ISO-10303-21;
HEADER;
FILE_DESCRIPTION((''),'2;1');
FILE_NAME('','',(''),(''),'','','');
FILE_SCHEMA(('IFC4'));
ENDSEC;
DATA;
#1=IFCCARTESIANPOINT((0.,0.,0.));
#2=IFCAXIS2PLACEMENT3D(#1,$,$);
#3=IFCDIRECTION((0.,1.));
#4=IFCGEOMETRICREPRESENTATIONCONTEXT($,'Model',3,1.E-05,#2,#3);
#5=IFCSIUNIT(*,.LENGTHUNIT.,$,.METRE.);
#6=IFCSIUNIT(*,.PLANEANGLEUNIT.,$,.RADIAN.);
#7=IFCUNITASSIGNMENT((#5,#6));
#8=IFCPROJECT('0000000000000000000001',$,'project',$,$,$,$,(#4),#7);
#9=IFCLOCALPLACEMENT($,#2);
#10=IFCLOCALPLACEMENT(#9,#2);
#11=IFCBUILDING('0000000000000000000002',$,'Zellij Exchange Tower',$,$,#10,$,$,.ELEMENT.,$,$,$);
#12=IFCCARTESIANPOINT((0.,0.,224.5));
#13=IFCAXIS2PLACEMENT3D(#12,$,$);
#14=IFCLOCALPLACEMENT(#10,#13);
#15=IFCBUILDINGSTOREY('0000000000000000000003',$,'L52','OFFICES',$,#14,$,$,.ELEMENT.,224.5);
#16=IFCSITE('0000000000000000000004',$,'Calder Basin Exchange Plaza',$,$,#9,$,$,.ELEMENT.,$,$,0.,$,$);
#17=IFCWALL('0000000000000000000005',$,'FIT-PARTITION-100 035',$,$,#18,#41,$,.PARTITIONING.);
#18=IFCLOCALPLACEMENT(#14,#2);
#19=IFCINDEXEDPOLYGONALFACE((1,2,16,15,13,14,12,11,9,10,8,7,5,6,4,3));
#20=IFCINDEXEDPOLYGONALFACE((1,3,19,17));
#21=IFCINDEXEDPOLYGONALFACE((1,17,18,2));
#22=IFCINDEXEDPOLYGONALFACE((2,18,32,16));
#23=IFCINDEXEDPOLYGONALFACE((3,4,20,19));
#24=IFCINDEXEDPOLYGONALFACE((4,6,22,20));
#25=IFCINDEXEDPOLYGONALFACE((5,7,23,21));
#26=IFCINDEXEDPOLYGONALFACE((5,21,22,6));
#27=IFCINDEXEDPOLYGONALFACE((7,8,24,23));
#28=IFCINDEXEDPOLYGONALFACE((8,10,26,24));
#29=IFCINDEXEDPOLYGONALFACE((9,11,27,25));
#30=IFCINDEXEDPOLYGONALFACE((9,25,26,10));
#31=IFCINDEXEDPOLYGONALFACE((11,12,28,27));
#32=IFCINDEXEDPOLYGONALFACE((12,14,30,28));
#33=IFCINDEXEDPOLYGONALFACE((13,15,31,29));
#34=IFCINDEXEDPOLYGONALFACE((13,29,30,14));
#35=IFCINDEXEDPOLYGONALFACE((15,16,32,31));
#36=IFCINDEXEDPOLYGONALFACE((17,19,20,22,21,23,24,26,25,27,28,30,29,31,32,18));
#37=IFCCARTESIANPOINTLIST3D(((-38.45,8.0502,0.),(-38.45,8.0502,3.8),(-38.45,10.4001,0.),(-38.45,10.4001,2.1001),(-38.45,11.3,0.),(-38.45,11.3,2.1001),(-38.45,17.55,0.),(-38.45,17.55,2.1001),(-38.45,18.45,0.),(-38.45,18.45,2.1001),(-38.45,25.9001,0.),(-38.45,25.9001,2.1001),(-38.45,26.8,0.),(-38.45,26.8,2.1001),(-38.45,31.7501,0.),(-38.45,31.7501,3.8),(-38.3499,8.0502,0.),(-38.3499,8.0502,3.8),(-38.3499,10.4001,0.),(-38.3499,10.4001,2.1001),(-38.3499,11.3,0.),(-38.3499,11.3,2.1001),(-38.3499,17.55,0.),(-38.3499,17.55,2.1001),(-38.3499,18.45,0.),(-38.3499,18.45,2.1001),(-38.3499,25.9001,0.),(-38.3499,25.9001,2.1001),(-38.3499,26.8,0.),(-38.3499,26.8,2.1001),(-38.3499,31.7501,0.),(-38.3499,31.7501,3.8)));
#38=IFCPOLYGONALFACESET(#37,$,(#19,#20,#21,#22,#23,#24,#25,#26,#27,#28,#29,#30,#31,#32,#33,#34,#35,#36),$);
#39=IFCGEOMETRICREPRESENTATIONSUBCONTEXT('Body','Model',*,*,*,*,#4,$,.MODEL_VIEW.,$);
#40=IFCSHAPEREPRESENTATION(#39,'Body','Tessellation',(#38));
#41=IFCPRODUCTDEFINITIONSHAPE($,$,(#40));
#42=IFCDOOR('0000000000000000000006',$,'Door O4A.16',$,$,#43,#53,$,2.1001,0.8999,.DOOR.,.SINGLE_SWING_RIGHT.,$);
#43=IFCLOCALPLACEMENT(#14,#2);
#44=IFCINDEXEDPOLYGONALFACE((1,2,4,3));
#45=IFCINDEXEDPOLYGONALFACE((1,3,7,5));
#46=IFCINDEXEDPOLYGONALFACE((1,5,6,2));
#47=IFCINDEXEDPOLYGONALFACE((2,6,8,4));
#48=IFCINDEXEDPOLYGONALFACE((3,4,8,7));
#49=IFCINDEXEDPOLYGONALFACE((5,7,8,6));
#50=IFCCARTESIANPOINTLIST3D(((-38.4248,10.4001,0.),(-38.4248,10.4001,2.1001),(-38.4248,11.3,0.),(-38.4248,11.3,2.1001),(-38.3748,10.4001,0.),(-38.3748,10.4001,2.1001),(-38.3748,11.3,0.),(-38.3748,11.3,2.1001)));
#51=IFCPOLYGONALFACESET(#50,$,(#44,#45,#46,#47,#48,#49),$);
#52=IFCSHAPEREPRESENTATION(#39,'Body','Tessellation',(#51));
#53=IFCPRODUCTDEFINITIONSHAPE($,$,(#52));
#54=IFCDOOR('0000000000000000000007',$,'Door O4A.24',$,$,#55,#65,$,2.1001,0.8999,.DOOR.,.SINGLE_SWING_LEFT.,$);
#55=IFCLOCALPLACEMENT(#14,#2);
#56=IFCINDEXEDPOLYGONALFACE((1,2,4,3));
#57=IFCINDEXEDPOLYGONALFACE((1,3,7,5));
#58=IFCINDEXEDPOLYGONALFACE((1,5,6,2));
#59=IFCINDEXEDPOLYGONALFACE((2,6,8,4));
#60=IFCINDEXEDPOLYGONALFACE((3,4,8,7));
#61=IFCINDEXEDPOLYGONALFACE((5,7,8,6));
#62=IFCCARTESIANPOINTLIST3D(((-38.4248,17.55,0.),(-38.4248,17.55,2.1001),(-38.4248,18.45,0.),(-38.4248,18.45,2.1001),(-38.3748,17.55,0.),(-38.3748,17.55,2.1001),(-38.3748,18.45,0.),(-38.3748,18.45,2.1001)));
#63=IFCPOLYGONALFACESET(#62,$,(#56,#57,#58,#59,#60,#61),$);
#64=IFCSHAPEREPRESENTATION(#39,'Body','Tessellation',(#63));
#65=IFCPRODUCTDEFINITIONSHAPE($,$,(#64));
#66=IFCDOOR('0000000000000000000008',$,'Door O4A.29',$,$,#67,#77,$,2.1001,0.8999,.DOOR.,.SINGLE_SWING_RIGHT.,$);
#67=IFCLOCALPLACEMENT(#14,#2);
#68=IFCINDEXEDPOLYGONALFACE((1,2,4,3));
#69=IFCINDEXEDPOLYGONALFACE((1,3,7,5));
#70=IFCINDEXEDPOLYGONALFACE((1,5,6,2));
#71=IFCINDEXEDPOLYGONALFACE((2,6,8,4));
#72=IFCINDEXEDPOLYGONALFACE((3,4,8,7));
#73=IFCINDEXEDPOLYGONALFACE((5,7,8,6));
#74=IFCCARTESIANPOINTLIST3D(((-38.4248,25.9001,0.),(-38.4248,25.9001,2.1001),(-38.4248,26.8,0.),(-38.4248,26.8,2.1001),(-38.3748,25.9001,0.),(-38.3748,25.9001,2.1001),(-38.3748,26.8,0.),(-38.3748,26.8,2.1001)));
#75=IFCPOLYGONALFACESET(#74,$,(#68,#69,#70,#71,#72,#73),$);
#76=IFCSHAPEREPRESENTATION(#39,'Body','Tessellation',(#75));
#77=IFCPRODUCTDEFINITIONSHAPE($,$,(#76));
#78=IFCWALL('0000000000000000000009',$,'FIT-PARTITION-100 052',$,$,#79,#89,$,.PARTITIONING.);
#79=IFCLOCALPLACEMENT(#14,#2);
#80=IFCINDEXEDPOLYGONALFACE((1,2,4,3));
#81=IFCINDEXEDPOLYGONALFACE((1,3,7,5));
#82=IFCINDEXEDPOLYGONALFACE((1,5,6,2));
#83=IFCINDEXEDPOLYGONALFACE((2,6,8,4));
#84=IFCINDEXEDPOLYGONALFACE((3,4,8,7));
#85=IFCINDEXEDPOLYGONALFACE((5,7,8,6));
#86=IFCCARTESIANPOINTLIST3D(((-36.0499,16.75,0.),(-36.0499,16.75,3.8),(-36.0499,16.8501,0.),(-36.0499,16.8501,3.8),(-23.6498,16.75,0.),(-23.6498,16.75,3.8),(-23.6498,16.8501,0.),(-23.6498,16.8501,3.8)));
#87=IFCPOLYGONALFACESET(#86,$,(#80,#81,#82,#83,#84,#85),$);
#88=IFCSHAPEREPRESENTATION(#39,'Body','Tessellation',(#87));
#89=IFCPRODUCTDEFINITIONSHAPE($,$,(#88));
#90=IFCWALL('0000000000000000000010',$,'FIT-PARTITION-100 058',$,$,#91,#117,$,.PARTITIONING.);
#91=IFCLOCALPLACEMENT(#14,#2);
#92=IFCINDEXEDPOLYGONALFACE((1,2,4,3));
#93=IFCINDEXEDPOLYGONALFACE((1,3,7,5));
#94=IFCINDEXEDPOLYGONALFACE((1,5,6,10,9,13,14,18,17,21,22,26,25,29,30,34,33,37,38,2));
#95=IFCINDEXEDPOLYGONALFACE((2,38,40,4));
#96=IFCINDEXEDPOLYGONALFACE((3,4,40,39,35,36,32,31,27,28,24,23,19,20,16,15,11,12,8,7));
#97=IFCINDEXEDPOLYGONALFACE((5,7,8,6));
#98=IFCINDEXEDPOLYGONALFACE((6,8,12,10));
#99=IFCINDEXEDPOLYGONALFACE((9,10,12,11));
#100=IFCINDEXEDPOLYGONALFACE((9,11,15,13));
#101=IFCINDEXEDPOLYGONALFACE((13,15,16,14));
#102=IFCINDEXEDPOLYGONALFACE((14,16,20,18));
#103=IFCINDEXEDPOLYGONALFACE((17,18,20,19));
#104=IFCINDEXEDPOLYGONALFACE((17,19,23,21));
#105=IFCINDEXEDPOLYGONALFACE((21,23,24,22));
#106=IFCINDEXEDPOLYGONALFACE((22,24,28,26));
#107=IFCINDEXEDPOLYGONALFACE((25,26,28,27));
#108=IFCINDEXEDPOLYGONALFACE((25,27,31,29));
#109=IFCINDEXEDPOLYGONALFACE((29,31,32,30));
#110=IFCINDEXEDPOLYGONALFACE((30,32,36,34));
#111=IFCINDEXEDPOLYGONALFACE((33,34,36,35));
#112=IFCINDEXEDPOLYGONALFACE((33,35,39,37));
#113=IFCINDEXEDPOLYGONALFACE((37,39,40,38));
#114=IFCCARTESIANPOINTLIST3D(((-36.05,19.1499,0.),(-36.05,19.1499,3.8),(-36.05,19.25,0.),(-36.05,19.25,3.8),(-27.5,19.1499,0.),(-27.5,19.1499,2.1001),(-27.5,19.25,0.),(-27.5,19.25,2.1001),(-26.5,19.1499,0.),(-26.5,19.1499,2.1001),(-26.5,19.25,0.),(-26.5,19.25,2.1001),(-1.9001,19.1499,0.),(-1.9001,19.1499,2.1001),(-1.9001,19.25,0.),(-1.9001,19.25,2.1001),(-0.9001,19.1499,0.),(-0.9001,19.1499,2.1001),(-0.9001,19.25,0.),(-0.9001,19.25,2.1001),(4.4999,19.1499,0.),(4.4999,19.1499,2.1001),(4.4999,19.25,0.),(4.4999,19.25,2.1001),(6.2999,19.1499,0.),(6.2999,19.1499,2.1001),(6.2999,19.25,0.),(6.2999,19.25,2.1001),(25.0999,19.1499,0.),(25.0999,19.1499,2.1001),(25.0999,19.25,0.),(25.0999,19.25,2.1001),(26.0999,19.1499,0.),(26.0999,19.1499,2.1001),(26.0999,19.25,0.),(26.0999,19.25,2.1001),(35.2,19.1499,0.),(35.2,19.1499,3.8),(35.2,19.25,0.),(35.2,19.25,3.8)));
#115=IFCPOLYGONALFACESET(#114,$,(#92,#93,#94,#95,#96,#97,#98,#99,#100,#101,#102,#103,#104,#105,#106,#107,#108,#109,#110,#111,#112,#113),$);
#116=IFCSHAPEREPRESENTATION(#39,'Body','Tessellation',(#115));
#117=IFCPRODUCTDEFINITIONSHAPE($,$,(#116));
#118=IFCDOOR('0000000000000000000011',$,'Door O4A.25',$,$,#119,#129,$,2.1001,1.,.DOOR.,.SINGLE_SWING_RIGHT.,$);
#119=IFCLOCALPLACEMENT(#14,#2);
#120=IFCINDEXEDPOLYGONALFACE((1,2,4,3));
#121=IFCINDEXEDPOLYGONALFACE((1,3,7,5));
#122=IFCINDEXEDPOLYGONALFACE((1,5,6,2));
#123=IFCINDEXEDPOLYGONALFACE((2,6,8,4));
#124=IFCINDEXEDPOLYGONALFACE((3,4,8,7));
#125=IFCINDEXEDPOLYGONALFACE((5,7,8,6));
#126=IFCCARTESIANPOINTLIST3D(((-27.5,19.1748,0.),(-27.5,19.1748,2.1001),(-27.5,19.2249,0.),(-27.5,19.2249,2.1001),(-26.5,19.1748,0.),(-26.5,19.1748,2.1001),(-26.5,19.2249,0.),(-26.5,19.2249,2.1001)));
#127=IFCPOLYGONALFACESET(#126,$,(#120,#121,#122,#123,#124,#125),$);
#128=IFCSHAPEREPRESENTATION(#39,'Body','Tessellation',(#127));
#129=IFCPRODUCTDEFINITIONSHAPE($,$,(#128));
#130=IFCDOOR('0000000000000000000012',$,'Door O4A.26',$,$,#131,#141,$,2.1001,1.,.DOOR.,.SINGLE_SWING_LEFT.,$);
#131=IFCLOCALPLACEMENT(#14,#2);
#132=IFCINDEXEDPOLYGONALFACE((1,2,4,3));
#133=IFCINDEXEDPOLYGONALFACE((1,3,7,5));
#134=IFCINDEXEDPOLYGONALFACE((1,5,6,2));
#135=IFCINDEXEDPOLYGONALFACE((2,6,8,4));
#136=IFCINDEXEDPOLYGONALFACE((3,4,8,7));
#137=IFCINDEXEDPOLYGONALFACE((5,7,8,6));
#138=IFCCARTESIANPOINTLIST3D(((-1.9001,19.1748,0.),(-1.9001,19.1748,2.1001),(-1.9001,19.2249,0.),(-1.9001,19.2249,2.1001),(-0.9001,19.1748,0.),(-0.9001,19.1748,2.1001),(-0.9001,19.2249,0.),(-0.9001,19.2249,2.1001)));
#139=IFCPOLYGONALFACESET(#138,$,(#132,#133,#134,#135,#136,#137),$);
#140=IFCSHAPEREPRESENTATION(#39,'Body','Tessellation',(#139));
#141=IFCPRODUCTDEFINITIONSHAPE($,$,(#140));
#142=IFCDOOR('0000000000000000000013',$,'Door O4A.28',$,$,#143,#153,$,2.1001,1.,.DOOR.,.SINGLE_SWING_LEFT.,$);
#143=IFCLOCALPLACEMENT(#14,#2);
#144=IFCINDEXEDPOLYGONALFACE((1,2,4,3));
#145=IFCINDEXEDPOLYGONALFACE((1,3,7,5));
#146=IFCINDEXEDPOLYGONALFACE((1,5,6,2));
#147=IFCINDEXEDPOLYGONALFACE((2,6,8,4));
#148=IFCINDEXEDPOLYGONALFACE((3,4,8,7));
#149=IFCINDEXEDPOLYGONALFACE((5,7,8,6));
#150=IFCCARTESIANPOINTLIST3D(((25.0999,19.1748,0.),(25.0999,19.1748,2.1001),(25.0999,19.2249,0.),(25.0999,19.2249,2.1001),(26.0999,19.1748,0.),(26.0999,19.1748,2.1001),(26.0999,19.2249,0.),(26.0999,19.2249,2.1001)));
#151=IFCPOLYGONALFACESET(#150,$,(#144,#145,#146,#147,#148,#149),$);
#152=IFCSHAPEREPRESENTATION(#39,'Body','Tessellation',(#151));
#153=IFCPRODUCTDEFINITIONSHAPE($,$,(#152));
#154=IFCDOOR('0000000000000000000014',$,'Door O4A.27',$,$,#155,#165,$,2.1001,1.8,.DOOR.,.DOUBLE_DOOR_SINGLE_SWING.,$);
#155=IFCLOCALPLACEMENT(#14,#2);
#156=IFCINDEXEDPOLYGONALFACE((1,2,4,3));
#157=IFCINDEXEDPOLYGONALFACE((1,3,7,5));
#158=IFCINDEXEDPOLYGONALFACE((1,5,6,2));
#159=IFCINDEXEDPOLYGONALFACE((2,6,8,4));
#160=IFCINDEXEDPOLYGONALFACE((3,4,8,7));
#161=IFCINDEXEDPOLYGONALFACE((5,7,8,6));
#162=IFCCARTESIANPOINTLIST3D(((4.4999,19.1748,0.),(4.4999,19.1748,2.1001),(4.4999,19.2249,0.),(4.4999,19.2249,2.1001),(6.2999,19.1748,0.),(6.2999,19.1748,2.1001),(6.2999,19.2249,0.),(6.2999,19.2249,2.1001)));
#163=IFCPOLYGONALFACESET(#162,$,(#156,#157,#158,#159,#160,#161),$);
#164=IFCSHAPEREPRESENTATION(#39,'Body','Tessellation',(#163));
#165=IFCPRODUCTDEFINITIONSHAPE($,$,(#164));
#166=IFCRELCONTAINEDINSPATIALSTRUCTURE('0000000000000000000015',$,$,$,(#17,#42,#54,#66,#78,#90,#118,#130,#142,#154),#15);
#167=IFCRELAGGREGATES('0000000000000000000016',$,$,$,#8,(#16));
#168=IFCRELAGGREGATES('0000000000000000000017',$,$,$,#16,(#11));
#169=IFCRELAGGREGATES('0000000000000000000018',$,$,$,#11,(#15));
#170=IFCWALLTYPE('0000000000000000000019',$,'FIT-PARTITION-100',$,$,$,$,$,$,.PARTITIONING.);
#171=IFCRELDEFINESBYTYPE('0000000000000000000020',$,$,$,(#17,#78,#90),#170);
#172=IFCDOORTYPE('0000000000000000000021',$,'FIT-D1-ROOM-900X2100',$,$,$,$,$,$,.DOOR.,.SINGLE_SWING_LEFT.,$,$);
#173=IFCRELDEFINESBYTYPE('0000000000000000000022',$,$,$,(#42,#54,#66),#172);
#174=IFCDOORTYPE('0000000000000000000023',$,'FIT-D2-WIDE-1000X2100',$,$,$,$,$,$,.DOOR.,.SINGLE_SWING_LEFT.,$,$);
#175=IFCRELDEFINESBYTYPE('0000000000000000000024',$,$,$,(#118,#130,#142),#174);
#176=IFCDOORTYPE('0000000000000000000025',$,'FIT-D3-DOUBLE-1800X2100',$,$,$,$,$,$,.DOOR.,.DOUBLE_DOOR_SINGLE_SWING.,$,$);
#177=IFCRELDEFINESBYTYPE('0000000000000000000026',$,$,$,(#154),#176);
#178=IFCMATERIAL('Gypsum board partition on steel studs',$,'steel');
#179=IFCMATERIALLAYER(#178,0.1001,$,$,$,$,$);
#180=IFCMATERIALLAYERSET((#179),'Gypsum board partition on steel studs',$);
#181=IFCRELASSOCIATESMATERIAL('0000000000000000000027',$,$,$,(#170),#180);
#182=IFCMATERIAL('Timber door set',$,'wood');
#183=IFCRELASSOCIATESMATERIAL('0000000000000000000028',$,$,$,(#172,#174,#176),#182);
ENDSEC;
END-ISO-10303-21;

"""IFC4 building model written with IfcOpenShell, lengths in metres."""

from ifc_helpers import new_model, si_unit, direction, frame, frame_2d, origin, place, context, subcontext, project, spatial, rectangle, extrude, material, layer, layer_set, type_object, element, fill, save


model = new_model("IFC4")

# Units and contexts
model_context = context("Model", 3, precision=1e-05, world=origin(), true_north=direction((0.0, 1.0)))
body_context = subcontext(model_context, "Body", "Model", "MODEL_VIEW")
ifc_project = project(units=[si_unit("LENGTHUNIT", "METRE"), si_unit("PLANEANGLEUNIT", "RADIAN")], contexts=[model_context])

# Site, building, storey
site_placement = place(None, origin())
site = spatial("IfcSite", under=ifc_project, at=site_placement, Name="Calder Basin Exchange Plaza", CompositionType="ELEMENT", RefElevation=0.0)
building_placement = place(site_placement, origin())
building = spatial("IfcBuilding", under=site, at=building_placement, Name="Zellij Exchange Tower", CompositionType="ELEMENT")
storey_placement = place(building_placement, frame((0.0, 0.0, 224.5)))
storey = spatial("IfcBuildingStorey", under=building, at=storey_placement, Name="L52", Description="OFFICES", CompositionType="ELEMENT", Elevation=224.5)

# Shared definitions
ifc_material_1 = material(Name="Gypsum board partition on steel studs", Category="steel")
ifc_layer_1 = layer(ifc_material_1, 0.1001)
ifc_layer_set_1 = layer_set([ifc_layer_1], Name="Gypsum board partition on steel studs")
wall_type_1 = type_object("IfcWallType", Name="FIT-PARTITION-100", PredefinedType="PARTITIONING", material=ifc_layer_set_1)

# Wall, openings, doors
wall_1_placement = place(storey_placement, frame((-38.3999, 8.05, 0.0), z_axis=(0.0, 0.0, 1.0), x_axis=(0.0, 1.0, 0.0)))
wall_1 = element("IfcWall", 1, at=wall_1_placement, inside=storey, type_object=wall_type_1, Name="FIT-PARTITION-100 035", PredefinedType="PARTITIONING", context=body_context, shape_type="SweptSolid", body=[
    extrude(rectangle(XDim=23.7, YDim=0.1001, at=frame_2d((11.8501, 0.0))), origin(), (0.0, 0.0, 1.0), 3.8),
])
opening_1_placement = place(wall_1_placement, frame((2.3501, 0.0, 0.0)))
opening_1 = element("IfcOpeningElement", 2, at=opening_1_placement, cuts=wall_1, PredefinedType="OPENING", context=body_context, shape_type="SweptSolid", body=[
    extrude(rectangle(XDim=0.8999, YDim=2.1001, at=frame_2d((0.45, 1.05))), frame((0.0, 0.062, 0.0), z_axis=(0.0, -1.0, 0.0), x_axis=(1.0, 0.0, 0.0)), (0.0, 0.0, 1.0), 0.124),
])
opening_2_placement = place(wall_1_placement, frame((9.5, 0.0, 0.0)))
opening_2 = element("IfcOpeningElement", 3, at=opening_2_placement, cuts=wall_1, PredefinedType="OPENING", context=body_context, shape_type="SweptSolid", body=[
    extrude(rectangle(XDim=0.8999, YDim=2.1001, at=frame_2d((0.45, 1.05))), frame((0.0, 0.062, 0.0), z_axis=(0.0, -1.0, 0.0), x_axis=(1.0, 0.0, 0.0)), (0.0, 0.0, 1.0), 0.124),
])
opening_3_placement = place(wall_1_placement, frame((17.8501, 0.0, 0.0)))
opening_3 = element("IfcOpeningElement", 4, at=opening_3_placement, cuts=wall_1, PredefinedType="OPENING", context=body_context, shape_type="SweptSolid", body=[
    extrude(rectangle(XDim=0.8999, YDim=2.1001, at=frame_2d((0.45, 1.05))), frame((0.0, 0.062, 0.0), z_axis=(0.0, -1.0, 0.0), x_axis=(1.0, 0.0, 0.0)), (0.0, 0.0, 1.0), 0.124),
])
ifc_material_2 = material(Name="Timber door set", Category="wood")
door_type_1 = type_object("IfcDoorType", Name="FIT-D1-ROOM-900X2100", OperationType="SINGLE_SWING_LEFT", PredefinedType="DOOR", material=ifc_material_2)
door_1_placement = place(opening_1_placement, origin())
door_1 = element("IfcDoor", 5, at=door_1_placement, inside=storey, type_object=door_type_1, Name="Door O4A.16", OperationType="SINGLE_SWING_RIGHT", OverallHeight=2.1001, OverallWidth=0.8999, PredefinedType="DOOR", context=body_context, shape_type="SweptSolid", body=[
    extrude(rectangle(XDim=0.8999, YDim=2.1001, at=frame_2d((0.45, 1.05))), frame((0.0, 0.0249, 0.0), z_axis=(0.0, -1.0, 0.0), x_axis=(1.0, 0.0, 0.0)), (0.0, 0.0, 1.0), 0.05),
])
fill(opening_1, door_1)
door_2_placement = place(opening_2_placement, origin())
door_2 = element("IfcDoor", 6, at=door_2_placement, inside=storey, type_object=door_type_1, Name="Door O4A.24", OperationType="SINGLE_SWING_LEFT", OverallHeight=2.1001, OverallWidth=0.8999, PredefinedType="DOOR", context=body_context, shape_type="SweptSolid", body=[
    extrude(rectangle(XDim=0.8999, YDim=2.1001, at=frame_2d((0.45, 1.05))), frame((0.0, 0.0249, 0.0), z_axis=(0.0, -1.0, 0.0), x_axis=(1.0, 0.0, 0.0)), (0.0, 0.0, 1.0), 0.05),
])
fill(opening_2, door_2)
door_3_placement = place(opening_3_placement, origin())
door_3 = element("IfcDoor", 7, at=door_3_placement, inside=storey, type_object=door_type_1, Name="Door O4A.29", OperationType="SINGLE_SWING_RIGHT", OverallHeight=2.1001, OverallWidth=0.8999, PredefinedType="DOOR", context=body_context, shape_type="SweptSolid", body=[
    extrude(rectangle(XDim=0.8999, YDim=2.1001, at=frame_2d((0.45, 1.05))), frame((0.0, 0.0249, 0.0), z_axis=(0.0, -1.0, 0.0), x_axis=(1.0, 0.0, 0.0)), (0.0, 0.0, 1.0), 0.05),
])
fill(opening_3, door_3)

# Wall
wall_2_placement = place(storey_placement, frame((-36.05, 16.8, 0.0), z_axis=(0.0, 0.0, 1.0), x_axis=(1.0, 0.0, 0.0)))
element("IfcWall", 8, at=wall_2_placement, inside=storey, type_object=wall_type_1, Name="FIT-PARTITION-100 052", PredefinedType="PARTITIONING", context=body_context, shape_type="SweptSolid", body=[
    extrude(rectangle(XDim=12.4001, YDim=0.1001, at=frame_2d((6.2002, 0.0))), origin(), (0.0, 0.0, 1.0), 3.8),
])

# Wall, openings, doors
wall_3_placement = place(storey_placement, frame((-36.05, 19.2, 0.0), z_axis=(0.0, 0.0, 1.0), x_axis=(1.0, 0.0, 0.0)))
wall_3 = element("IfcWall", 9, at=wall_3_placement, inside=storey, type_object=wall_type_1, Name="FIT-PARTITION-100 058", PredefinedType="PARTITIONING", context=body_context, shape_type="SweptSolid", body=[
    extrude(rectangle(XDim=71.25, YDim=0.1001, at=frame_2d((35.625, 0.0))), origin(), (0.0, 0.0, 1.0), 3.8),
])
opening_4_placement = place(wall_3_placement, frame((8.55, 0.0, 0.0)))
opening_4 = element("IfcOpeningElement", 10, at=opening_4_placement, cuts=wall_3, PredefinedType="OPENING", context=body_context, shape_type="SweptSolid", body=[
    extrude(rectangle(XDim=1.0, YDim=2.1001, at=frame_2d((0.5, 1.05))), frame((0.0, 0.062, 0.0), z_axis=(0.0, -1.0, 0.0), x_axis=(1.0, 0.0, 0.0)), (0.0, 0.0, 1.0), 0.124),
])
opening_5_placement = place(wall_3_placement, frame((34.1499, 0.0, 0.0)))
opening_5 = element("IfcOpeningElement", 11, at=opening_5_placement, cuts=wall_3, PredefinedType="OPENING", context=body_context, shape_type="SweptSolid", body=[
    extrude(rectangle(XDim=1.0, YDim=2.1001, at=frame_2d((0.5, 1.05))), frame((0.0, 0.062, 0.0), z_axis=(0.0, -1.0, 0.0), x_axis=(1.0, 0.0, 0.0)), (0.0, 0.0, 1.0), 0.124),
])
opening_6_placement = place(wall_3_placement, frame((40.55, 0.0, 0.0)))
opening_6 = element("IfcOpeningElement", 12, at=opening_6_placement, cuts=wall_3, PredefinedType="OPENING", context=body_context, shape_type="SweptSolid", body=[
    extrude(rectangle(XDim=1.8, YDim=2.1001, at=frame_2d((0.8999, 1.05))), frame((0.0, 0.062, 0.0), z_axis=(0.0, -1.0, 0.0), x_axis=(1.0, 0.0, 0.0)), (0.0, 0.0, 1.0), 0.124),
])
opening_7_placement = place(wall_3_placement, frame((61.1499, 0.0, 0.0)))
opening_7 = element("IfcOpeningElement", 13, at=opening_7_placement, cuts=wall_3, PredefinedType="OPENING", context=body_context, shape_type="SweptSolid", body=[
    extrude(rectangle(XDim=1.0, YDim=2.1001, at=frame_2d((0.5, 1.05))), frame((0.0, 0.062, 0.0), z_axis=(0.0, -1.0, 0.0), x_axis=(1.0, 0.0, 0.0)), (0.0, 0.0, 1.0), 0.124),
])
door_type_2 = type_object("IfcDoorType", Name="FIT-D2-WIDE-1000X2100", OperationType="SINGLE_SWING_LEFT", PredefinedType="DOOR", material=ifc_material_2)
door_4_placement = place(opening_4_placement, origin())
door_4 = element("IfcDoor", 14, at=door_4_placement, inside=storey, type_object=door_type_2, Name="Door O4A.25", OperationType="SINGLE_SWING_RIGHT", OverallHeight=2.1001, OverallWidth=1.0, PredefinedType="DOOR", context=body_context, shape_type="SweptSolid", body=[
    extrude(rectangle(XDim=1.0, YDim=2.1001, at=frame_2d((0.5, 1.05))), frame((0.0, 0.0249, 0.0), z_axis=(0.0, -1.0, 0.0), x_axis=(1.0, 0.0, 0.0)), (0.0, 0.0, 1.0), 0.05),
])
fill(opening_4, door_4)
door_5_placement = place(opening_5_placement, origin())
door_5 = element("IfcDoor", 15, at=door_5_placement, inside=storey, type_object=door_type_2, Name="Door O4A.26", OperationType="SINGLE_SWING_LEFT", OverallHeight=2.1001, OverallWidth=1.0, PredefinedType="DOOR", context=body_context, shape_type="SweptSolid", body=[
    extrude(rectangle(XDim=1.0, YDim=2.1001, at=frame_2d((0.5, 1.05))), frame((0.0, 0.0249, 0.0), z_axis=(0.0, -1.0, 0.0), x_axis=(1.0, 0.0, 0.0)), (0.0, 0.0, 1.0), 0.05),
])
fill(opening_5, door_5)
door_6_placement = place(opening_7_placement, origin())
door_6 = element("IfcDoor", 16, at=door_6_placement, inside=storey, type_object=door_type_2, Name="Door O4A.28", OperationType="SINGLE_SWING_LEFT", OverallHeight=2.1001, OverallWidth=1.0, PredefinedType="DOOR", context=body_context, shape_type="SweptSolid", body=[
    extrude(rectangle(XDim=1.0, YDim=2.1001, at=frame_2d((0.5, 1.05))), frame((0.0, 0.0249, 0.0), z_axis=(0.0, -1.0, 0.0), x_axis=(1.0, 0.0, 0.0)), (0.0, 0.0, 1.0), 0.05),
])
fill(opening_7, door_6)
door_type_3 = type_object("IfcDoorType", Name="FIT-D3-DOUBLE-1800X2100", OperationType="DOUBLE_DOOR_SINGLE_SWING", PredefinedType="DOOR", material=ifc_material_2)
door_7_placement = place(opening_6_placement, origin())
door_7 = element("IfcDoor", 17, at=door_7_placement, inside=storey, type_object=door_type_3, Name="Door O4A.27", OperationType="DOUBLE_DOOR_SINGLE_SWING", OverallHeight=2.1001, OverallWidth=1.8, PredefinedType="DOOR", context=body_context, shape_type="SweptSolid", body=[
    extrude(rectangle(XDim=1.8, YDim=2.1001, at=frame_2d((0.8999, 1.05))), frame((0.0, 0.0249, 0.0), z_axis=(0.0, -1.0, 0.0), x_axis=(1.0, 0.0, 0.0)), (0.0, 0.0, 1.0), 0.05),
])
fill(opening_6, door_7)

save(model, "model.ifc")
